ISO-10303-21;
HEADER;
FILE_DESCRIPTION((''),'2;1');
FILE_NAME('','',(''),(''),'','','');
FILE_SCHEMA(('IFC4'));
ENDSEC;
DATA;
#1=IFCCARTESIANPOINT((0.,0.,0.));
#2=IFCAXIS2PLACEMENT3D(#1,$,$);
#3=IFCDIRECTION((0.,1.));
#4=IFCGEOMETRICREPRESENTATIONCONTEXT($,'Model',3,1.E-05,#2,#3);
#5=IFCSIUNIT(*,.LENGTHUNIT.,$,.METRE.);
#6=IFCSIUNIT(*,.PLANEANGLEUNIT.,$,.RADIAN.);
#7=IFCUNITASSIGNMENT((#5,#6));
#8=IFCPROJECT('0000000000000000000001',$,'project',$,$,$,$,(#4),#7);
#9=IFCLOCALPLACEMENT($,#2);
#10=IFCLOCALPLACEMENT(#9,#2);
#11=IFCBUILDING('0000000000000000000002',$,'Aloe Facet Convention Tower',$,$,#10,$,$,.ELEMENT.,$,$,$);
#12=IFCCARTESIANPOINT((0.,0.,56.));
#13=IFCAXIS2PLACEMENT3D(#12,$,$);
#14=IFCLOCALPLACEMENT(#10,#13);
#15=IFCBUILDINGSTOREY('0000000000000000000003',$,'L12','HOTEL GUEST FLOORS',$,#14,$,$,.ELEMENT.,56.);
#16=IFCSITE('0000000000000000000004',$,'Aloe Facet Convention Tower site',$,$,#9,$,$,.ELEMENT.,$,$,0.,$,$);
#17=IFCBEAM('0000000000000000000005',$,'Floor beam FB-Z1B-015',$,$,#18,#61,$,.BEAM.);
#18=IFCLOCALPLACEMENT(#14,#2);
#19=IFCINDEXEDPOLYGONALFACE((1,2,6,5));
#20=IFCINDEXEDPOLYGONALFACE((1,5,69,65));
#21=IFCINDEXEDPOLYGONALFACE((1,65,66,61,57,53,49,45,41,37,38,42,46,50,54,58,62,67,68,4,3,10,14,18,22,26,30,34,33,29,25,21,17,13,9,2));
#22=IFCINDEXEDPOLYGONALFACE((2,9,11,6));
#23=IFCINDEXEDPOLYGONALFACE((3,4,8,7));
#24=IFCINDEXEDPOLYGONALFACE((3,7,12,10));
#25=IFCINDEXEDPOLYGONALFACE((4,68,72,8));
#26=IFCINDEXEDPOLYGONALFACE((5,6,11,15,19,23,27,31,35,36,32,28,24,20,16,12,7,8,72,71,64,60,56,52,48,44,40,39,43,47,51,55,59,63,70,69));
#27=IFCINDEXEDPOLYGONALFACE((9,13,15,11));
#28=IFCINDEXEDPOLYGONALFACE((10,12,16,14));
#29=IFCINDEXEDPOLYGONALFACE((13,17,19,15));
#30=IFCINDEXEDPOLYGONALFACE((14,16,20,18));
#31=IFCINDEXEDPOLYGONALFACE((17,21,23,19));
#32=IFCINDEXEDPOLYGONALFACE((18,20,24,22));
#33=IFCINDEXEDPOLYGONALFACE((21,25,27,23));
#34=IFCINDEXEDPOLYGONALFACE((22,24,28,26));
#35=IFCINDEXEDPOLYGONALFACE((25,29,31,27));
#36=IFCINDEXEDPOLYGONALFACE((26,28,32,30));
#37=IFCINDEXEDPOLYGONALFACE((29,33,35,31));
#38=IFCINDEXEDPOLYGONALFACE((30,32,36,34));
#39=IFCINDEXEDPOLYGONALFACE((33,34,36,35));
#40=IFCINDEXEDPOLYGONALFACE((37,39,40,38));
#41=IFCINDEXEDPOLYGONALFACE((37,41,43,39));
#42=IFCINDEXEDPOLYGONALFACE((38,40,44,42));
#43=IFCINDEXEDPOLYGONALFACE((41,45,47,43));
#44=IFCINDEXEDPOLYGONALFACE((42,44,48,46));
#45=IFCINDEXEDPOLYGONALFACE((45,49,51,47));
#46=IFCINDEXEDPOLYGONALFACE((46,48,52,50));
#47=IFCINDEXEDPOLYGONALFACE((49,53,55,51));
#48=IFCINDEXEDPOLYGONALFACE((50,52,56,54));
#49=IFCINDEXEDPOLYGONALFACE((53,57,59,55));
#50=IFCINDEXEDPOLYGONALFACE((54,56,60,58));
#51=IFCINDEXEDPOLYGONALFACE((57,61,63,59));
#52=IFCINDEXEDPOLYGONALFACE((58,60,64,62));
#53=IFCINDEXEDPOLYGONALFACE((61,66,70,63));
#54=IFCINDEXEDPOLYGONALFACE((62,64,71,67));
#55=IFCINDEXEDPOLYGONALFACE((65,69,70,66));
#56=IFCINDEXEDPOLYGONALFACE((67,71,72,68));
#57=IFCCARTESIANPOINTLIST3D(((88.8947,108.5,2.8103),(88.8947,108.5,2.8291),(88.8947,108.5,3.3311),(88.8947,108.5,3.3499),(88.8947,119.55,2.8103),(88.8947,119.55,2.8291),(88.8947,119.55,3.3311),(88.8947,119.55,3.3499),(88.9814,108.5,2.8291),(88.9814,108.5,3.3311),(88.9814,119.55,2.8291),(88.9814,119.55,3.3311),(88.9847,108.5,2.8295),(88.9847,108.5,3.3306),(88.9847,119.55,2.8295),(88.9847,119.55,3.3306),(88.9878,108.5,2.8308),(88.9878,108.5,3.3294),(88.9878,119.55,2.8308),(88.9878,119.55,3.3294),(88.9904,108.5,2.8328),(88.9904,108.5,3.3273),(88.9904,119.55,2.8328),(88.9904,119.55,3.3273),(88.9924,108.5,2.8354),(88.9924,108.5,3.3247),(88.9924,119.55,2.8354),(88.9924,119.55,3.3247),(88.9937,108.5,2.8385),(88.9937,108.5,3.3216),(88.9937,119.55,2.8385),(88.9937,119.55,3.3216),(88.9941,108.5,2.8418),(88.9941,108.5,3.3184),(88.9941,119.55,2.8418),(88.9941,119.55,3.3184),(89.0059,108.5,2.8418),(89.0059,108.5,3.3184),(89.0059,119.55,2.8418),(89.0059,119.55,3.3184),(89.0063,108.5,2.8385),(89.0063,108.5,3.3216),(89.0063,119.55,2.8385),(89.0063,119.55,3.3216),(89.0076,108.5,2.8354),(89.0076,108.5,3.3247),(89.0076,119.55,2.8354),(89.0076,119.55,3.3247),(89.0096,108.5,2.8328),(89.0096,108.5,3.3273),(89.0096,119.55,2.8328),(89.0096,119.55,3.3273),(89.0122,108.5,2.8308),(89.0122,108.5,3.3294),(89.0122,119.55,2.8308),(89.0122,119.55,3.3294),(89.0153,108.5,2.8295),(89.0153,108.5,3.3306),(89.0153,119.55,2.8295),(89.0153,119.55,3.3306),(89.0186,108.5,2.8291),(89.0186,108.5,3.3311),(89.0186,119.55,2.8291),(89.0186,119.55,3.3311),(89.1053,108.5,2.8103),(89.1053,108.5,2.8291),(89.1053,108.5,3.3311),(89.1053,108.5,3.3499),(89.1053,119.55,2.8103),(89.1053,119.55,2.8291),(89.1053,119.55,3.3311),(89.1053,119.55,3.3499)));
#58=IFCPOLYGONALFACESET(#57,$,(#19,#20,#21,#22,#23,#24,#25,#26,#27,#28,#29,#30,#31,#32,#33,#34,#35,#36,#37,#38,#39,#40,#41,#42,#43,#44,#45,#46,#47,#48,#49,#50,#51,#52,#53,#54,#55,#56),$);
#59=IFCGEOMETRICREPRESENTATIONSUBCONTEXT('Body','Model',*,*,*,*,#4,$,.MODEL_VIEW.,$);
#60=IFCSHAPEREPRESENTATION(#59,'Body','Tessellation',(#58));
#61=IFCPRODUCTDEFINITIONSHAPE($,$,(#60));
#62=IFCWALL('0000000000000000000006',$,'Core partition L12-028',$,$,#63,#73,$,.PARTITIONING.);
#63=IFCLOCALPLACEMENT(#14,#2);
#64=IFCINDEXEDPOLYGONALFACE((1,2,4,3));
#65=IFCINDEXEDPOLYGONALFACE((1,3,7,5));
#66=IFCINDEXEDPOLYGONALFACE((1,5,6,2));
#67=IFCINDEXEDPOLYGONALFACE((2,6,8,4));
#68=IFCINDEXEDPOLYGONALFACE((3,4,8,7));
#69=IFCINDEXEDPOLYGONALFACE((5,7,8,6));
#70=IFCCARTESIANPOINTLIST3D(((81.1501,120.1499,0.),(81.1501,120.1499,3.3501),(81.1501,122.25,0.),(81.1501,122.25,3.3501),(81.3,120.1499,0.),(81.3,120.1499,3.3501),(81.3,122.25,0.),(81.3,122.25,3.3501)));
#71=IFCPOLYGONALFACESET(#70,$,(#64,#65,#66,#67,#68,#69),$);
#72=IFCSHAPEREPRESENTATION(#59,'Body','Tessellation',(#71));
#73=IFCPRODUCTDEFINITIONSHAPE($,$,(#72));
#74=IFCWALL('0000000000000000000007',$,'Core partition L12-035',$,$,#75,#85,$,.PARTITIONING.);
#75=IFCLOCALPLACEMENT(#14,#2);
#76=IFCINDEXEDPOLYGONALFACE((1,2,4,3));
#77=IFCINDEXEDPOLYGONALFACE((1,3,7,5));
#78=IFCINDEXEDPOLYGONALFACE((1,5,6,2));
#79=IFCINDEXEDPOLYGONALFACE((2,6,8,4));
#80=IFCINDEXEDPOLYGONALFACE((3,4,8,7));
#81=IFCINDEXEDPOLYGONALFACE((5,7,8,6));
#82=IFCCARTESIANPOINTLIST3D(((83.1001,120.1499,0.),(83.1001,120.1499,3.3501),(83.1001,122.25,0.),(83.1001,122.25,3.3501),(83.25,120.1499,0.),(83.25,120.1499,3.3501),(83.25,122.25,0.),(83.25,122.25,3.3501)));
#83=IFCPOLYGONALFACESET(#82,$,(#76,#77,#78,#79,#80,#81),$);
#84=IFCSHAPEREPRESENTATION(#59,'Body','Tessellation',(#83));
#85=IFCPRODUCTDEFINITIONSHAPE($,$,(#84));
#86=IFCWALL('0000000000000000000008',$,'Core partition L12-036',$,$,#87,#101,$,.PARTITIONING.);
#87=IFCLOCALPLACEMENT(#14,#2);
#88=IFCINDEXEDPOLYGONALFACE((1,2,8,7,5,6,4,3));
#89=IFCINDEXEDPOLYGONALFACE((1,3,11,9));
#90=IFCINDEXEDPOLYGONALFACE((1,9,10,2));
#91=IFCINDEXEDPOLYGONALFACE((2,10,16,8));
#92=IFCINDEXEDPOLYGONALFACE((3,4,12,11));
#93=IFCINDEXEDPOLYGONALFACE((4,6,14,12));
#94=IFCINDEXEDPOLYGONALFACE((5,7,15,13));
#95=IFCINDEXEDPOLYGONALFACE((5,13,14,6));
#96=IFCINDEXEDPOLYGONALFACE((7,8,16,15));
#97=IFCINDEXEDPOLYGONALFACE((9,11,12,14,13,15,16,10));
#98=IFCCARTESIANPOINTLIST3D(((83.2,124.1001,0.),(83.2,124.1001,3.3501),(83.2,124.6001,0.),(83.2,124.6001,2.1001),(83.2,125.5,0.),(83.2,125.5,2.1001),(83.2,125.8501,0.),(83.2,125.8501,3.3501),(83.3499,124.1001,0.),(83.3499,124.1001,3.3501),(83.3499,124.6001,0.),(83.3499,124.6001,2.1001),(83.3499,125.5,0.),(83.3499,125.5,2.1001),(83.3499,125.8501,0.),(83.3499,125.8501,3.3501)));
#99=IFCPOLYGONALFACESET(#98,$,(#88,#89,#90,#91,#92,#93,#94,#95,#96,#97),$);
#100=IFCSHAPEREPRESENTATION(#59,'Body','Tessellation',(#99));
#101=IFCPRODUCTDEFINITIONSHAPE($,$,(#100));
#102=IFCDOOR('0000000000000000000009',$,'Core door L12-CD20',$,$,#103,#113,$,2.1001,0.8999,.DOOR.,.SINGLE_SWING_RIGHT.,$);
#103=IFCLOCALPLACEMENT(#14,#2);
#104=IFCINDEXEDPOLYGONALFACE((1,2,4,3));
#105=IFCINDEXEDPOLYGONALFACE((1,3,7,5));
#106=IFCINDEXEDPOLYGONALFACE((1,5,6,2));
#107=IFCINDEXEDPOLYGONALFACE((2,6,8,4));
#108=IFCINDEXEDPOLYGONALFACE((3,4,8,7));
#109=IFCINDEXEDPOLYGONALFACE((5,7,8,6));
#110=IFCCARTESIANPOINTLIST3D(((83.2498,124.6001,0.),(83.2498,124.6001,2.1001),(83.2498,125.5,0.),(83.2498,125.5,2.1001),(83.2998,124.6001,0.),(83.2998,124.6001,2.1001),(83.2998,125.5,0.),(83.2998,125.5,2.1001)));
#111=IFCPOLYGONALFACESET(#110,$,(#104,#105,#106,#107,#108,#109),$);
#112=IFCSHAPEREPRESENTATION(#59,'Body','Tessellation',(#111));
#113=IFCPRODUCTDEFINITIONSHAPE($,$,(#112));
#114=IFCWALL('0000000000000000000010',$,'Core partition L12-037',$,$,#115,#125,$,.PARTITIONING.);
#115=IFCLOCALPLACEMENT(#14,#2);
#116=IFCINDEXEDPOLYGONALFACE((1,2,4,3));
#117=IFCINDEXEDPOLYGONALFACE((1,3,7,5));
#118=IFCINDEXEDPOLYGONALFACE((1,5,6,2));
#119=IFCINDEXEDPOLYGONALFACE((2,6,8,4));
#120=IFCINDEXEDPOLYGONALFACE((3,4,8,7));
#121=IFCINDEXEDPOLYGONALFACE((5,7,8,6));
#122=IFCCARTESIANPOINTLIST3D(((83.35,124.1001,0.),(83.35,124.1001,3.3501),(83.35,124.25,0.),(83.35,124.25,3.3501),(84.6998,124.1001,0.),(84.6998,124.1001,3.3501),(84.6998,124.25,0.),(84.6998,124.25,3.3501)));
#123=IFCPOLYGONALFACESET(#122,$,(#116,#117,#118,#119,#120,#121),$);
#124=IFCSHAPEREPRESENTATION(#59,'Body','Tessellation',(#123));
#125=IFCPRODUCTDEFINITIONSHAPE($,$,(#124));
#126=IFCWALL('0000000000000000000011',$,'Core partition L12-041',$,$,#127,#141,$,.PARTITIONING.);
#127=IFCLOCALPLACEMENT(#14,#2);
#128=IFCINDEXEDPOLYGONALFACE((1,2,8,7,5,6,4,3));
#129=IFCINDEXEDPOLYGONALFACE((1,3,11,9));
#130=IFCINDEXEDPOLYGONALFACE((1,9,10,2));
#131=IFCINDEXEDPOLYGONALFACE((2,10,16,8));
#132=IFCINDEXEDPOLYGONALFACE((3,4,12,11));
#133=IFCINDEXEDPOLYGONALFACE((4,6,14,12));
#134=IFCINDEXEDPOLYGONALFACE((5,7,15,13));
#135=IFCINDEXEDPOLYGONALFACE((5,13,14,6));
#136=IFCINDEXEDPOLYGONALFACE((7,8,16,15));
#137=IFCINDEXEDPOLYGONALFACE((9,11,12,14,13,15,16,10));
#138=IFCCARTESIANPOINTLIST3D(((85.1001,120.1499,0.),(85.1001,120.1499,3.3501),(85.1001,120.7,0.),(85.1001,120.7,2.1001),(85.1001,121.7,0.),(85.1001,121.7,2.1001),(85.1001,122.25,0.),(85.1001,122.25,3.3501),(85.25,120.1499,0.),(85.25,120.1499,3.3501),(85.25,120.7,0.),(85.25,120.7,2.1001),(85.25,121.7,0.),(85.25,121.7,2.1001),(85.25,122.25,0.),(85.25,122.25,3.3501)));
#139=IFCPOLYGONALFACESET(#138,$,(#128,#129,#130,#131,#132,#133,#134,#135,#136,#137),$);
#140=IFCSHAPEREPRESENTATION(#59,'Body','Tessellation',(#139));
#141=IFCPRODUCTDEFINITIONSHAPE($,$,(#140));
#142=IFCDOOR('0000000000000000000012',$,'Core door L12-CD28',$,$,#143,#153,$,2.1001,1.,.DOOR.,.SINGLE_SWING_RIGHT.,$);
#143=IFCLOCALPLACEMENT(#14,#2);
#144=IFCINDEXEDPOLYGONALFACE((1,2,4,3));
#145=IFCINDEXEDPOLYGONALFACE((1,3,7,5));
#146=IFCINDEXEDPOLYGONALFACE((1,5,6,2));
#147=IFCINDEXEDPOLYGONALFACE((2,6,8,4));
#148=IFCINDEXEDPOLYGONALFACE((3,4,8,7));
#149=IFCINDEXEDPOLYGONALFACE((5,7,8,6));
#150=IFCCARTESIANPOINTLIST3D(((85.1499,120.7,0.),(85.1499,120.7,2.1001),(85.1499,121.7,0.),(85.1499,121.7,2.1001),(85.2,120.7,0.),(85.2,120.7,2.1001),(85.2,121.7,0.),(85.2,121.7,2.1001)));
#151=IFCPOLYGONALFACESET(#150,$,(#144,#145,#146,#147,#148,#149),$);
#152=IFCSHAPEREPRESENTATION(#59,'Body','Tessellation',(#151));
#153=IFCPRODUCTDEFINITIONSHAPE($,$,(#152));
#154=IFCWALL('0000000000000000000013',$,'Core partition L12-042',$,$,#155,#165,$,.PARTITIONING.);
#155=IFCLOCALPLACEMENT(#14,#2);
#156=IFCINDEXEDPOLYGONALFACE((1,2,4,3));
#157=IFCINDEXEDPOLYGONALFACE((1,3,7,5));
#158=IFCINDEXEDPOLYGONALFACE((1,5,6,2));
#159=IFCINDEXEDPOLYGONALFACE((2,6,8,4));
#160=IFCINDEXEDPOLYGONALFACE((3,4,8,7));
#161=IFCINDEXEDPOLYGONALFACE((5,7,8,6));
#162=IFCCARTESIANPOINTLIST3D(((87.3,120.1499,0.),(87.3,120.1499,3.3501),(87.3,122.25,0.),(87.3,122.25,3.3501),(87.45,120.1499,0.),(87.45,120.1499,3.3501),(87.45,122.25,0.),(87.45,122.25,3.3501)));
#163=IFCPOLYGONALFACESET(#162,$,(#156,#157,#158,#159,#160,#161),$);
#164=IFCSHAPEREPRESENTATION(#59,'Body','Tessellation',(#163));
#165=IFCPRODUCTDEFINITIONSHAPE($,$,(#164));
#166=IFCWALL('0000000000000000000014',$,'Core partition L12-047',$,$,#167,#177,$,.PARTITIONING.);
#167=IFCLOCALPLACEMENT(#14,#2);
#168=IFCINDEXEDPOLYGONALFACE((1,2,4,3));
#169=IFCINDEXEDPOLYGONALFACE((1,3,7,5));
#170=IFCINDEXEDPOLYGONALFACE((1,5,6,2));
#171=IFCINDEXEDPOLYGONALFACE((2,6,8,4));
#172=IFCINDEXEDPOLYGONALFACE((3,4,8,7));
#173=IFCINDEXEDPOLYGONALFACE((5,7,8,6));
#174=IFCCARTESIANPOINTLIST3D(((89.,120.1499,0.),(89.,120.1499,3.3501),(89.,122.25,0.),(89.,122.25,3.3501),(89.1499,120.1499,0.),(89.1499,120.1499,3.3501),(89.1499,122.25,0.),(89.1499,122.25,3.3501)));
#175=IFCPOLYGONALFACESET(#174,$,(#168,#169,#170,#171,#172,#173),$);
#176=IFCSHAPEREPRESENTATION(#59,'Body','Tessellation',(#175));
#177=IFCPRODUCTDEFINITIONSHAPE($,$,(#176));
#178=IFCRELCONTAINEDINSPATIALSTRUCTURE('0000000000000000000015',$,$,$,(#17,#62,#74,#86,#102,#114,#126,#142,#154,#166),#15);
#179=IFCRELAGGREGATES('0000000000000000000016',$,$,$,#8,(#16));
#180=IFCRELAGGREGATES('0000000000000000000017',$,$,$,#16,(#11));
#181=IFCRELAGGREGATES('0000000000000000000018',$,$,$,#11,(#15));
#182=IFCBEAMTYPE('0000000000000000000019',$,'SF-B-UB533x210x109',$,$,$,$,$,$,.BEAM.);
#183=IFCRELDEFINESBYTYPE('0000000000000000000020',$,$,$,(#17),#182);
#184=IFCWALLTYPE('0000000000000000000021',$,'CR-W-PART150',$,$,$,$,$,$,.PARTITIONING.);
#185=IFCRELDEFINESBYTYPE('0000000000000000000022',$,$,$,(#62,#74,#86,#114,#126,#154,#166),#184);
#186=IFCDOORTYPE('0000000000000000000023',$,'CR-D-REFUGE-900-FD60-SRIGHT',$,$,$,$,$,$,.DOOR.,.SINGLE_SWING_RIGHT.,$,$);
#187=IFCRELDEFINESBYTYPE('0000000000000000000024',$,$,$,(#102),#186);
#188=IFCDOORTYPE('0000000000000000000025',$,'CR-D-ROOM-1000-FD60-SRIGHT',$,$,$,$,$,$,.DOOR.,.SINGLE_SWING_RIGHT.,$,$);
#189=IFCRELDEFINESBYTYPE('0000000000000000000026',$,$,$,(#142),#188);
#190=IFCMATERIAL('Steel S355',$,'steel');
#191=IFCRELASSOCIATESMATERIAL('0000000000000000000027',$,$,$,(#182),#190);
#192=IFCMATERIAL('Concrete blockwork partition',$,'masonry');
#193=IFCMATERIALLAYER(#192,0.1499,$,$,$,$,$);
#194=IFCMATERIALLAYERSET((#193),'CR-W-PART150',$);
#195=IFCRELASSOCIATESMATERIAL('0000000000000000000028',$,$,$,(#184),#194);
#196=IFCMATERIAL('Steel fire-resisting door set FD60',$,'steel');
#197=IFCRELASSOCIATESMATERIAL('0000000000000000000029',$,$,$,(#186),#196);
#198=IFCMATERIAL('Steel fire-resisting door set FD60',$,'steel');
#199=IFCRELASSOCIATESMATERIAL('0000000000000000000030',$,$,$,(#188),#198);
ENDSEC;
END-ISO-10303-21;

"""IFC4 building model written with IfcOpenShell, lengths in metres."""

from ifc_helpers import new_model, si_unit, direction, frame, frame_2d, origin, origin_2d, place, context, subcontext, project, spatial, rectangle, i_section, extrude, material, layer, layer_set, material_profile, profile_set, type_object, element, fill, save


model = new_model("IFC4")

# Units and contexts
model_context = context("Model", 3, precision=1e-05, world=origin(), true_north=direction((0.0, 1.0)))
body_context = subcontext(model_context, "Body", "Model", "MODEL_VIEW")
ifc_project = project(units=[si_unit("LENGTHUNIT", "METRE"), si_unit("PLANEANGLEUNIT", "RADIAN")], contexts=[model_context])

# Site, building, storey
site_placement = place(None, origin())
site = spatial("IfcSite", under=ifc_project, at=site_placement, Name="Aloe Facet Convention Tower site", CompositionType="ELEMENT", RefElevation=0.0)
building_placement = place(site_placement, origin())
building = spatial("IfcBuilding", under=site, at=building_placement, Name="Aloe Facet Convention Tower", CompositionType="ELEMENT")
storey_placement = place(building_placement, frame((0.0, 0.0, 56.0)))
storey = spatial("IfcBuildingStorey", under=building, at=storey_placement, Name="L12", Description="HOTEL GUEST FLOORS", CompositionType="ELEMENT", Elevation=56.0)

# Beam
ifc_material_1 = material(Name="Steel S355", Category="steel")
ifc_material_profile = material_profile(ifc_material_1, i_section(OverallWidth=0.2107, OverallDepth=0.5396, WebThickness=0.0117, FlangeThickness=0.0188, FilletRadius=0.0127, at=origin_2d()), Name="UB 533x210x109")
ifc_profile_set = profile_set([ifc_material_profile], Name="Steel S355")
beam_type = type_object("IfcBeamType", Name="SF-B-UB533x210x109", PredefinedType="BEAM", material=ifc_profile_set)
beam_placement = place(storey_placement, frame((89.0, 119.55, 3.0801), z_axis=(0.0, -1.0, 0.0), x_axis=(1.0, 0.0, 0.0)))
element("IfcBeam", 1, at=beam_placement, inside=storey, type_object=beam_type, Name="Floor beam FB-Z1B-015", PredefinedType="BEAM", context=body_context, shape_type="SweptSolid", body=[
    extrude(i_section(OverallWidth=0.2107, OverallDepth=0.5396, WebThickness=0.0117, FlangeThickness=0.0188, FilletRadius=0.0127, at=origin_2d()), origin(), (0.0, 0.0, 1.0), 11.05),
])

# Walls
ifc_material_2 = material(Name="Concrete blockwork partition", Category="masonry")
ifc_layer_1 = layer(ifc_material_2, 0.1499)
ifc_layer_set_1 = layer_set([ifc_layer_1], Name="CR-W-PART150")
wall_type_1 = type_object("IfcWallType", Name="CR-W-PART150", PredefinedType="PARTITIONING", material=ifc_layer_set_1)
for number, where, z_axis, x_axis, name in (
    (2, (81.2251, 122.25, 0.0), (0.0, 0.0, 1.0), (0.0, -1.0, 0.0), "Core partition L12-028"),
    (3, (83.175, 122.25, 0.0), (0.0, 0.0, 1.0), (0.0, -1.0, 0.0), "Core partition L12-035"),
):
    element("IfcWall", number, at=place(storey_placement, frame(where, z_axis=z_axis, x_axis=x_axis)), inside=storey, type_object=wall_type_1, Name=name, PredefinedType="PARTITIONING", context=body_context, shape_type="SweptSolid", body=[
        extrude(rectangle(XDim=2.1001, YDim=0.1499, at=frame_2d((1.05, 0.0))), origin(), (0.0, 0.0, 1.0), 3.3501),
    ])

# Wall, opening, door
wall_1_placement = place(storey_placement, frame((83.2749, 125.8501, 0.0), z_axis=(0.0, 0.0, 1.0), x_axis=(0.0, -1.0, 0.0)))
wall_1 = element("IfcWall", 4, at=wall_1_placement, inside=storey, type_object=wall_type_1, Name="Core partition L12-036", PredefinedType="PARTITIONING", context=body_context, shape_type="SweptSolid", body=[
    extrude(rectangle(XDim=1.75, YDim=0.1499, at=frame_2d((0.875, 0.0))), origin(), (0.0, 0.0, 1.0), 3.3501),
])
opening_1_placement = place(wall_1_placement, frame((0.3501, 0.0, 0.0)))
opening_1 = element("IfcOpeningElement", 5, at=opening_1_placement, cuts=wall_1, PredefinedType="OPENING", context=body_context, shape_type="SweptSolid", body=[
    extrude(rectangle(XDim=0.8999, YDim=2.1001, at=frame_2d((0.45, 1.05))), frame((0.0, 0.085, 0.0), z_axis=(0.0, -1.0, 0.0), x_axis=(1.0, 0.0, 0.0)), (0.0, 0.0, 1.0), 0.1699),
])
ifc_material_3 = material(Name="Steel fire-resisting door set FD60", Category="steel")
door_type_1 = type_object("IfcDoorType", Name="CR-D-REFUGE-900-FD60-SRIGHT", OperationType="SINGLE_SWING_RIGHT", PredefinedType="DOOR", material=ifc_material_3)
door_1_placement = place(opening_1_placement, origin())
door_1 = element("IfcDoor", 6, at=door_1_placement, inside=storey, type_object=door_type_1, Name="Core door L12-CD20", OperationType="SINGLE_SWING_RIGHT", OverallHeight=2.1001, OverallWidth=0.8999, PredefinedType="DOOR", context=body_context, shape_type="SweptSolid", body=[
    extrude(rectangle(XDim=0.8999, YDim=2.1001, at=frame_2d((0.45, 1.05))), frame((0.0, 0.0249, 0.0), z_axis=(0.0, -1.0, 0.0), x_axis=(1.0, 0.0, 0.0)), (0.0, 0.0, 1.0), 0.05),
])
fill(opening_1, door_1)

# Wall
wall_2_placement = place(storey_placement, frame((83.3501, 124.175, 0.0), z_axis=(0.0, 0.0, 1.0), x_axis=(1.0, 0.0, 0.0)))
element("IfcWall", 7, at=wall_2_placement, inside=storey, type_object=wall_type_1, Name="Core partition L12-037", PredefinedType="PARTITIONING", context=body_context, shape_type="SweptSolid", body=[
    extrude(rectangle(XDim=1.3499, YDim=0.1499, at=frame_2d((0.6748, 0.0))), origin(), (0.0, 0.0, 1.0), 3.3501),
])

# Wall, opening, door
wall_3_placement = place(storey_placement, frame((85.175, 122.25, 0.0), z_axis=(0.0, 0.0, 1.0), x_axis=(0.0, -1.0, 0.0)))
wall_3 = element("IfcWall", 8, at=wall_3_placement, inside=storey, type_object=wall_type_1, Name="Core partition L12-041", PredefinedType="PARTITIONING", context=body_context, shape_type="SweptSolid", body=[
    extrude(rectangle(XDim=2.1001, YDim=0.1499, at=frame_2d((1.05, 0.0))), origin(), (0.0, 0.0, 1.0), 3.3501),
])
opening_2_placement = place(wall_3_placement, frame((0.55, 0.0, 0.0)))
opening_2 = element("IfcOpeningElement", 9, at=opening_2_placement, cuts=wall_3, PredefinedType="OPENING", context=body_context, shape_type="SweptSolid", body=[
    extrude(rectangle(XDim=1.0, YDim=2.1001, at=frame_2d((0.5, 1.05))), frame((0.0, 0.085, 0.0), z_axis=(0.0, -1.0, 0.0), x_axis=(1.0, 0.0, 0.0)), (0.0, 0.0, 1.0), 0.1699),
])
ifc_material_4 = material(Name="Steel fire-resisting door set FD60", Category="steel")
door_type_2 = type_object("IfcDoorType", Name="CR-D-ROOM-1000-FD60-SRIGHT", OperationType="SINGLE_SWING_RIGHT", PredefinedType="DOOR", material=ifc_material_4)
door_2_placement = place(opening_2_placement, origin())
door_2 = element("IfcDoor", 10, at=door_2_placement, inside=storey, type_object=door_type_2, Name="Core door L12-CD28", OperationType="SINGLE_SWING_RIGHT", OverallHeight=2.1001, OverallWidth=1.0, PredefinedType="DOOR", context=body_context, shape_type="SweptSolid", body=[
    extrude(rectangle(XDim=1.0, YDim=2.1001, at=frame_2d((0.5, 1.05))), frame((0.0, 0.0249, 0.0), z_axis=(0.0, -1.0, 0.0), x_axis=(1.0, 0.0, 0.0)), (0.0, 0.0, 1.0), 0.05),
])
fill(opening_2, door_2)

# Walls
for number, where, z_axis, x_axis, name in (
    (11, (87.375, 122.25, 0.0), (0.0, 0.0, 1.0), (0.0, -1.0, 0.0), "Core partition L12-042"),
    (12, (89.075, 122.25, 0.0), (0.0, 0.0, 1.0), (0.0, -1.0, 0.0), "Core partition L12-047"),
):
    element("IfcWall", number, at=place(storey_placement, frame(where, z_axis=z_axis, x_axis=x_axis)), inside=storey, type_object=wall_type_1, Name=name, PredefinedType="PARTITIONING", context=body_context, shape_type="SweptSolid", body=[
        extrude(rectangle(XDim=2.1001, YDim=0.1499, at=frame_2d((1.05, 0.0))), origin(), (0.0, 0.0, 1.0), 3.3501),
    ])

save(model, "model.ifc")
